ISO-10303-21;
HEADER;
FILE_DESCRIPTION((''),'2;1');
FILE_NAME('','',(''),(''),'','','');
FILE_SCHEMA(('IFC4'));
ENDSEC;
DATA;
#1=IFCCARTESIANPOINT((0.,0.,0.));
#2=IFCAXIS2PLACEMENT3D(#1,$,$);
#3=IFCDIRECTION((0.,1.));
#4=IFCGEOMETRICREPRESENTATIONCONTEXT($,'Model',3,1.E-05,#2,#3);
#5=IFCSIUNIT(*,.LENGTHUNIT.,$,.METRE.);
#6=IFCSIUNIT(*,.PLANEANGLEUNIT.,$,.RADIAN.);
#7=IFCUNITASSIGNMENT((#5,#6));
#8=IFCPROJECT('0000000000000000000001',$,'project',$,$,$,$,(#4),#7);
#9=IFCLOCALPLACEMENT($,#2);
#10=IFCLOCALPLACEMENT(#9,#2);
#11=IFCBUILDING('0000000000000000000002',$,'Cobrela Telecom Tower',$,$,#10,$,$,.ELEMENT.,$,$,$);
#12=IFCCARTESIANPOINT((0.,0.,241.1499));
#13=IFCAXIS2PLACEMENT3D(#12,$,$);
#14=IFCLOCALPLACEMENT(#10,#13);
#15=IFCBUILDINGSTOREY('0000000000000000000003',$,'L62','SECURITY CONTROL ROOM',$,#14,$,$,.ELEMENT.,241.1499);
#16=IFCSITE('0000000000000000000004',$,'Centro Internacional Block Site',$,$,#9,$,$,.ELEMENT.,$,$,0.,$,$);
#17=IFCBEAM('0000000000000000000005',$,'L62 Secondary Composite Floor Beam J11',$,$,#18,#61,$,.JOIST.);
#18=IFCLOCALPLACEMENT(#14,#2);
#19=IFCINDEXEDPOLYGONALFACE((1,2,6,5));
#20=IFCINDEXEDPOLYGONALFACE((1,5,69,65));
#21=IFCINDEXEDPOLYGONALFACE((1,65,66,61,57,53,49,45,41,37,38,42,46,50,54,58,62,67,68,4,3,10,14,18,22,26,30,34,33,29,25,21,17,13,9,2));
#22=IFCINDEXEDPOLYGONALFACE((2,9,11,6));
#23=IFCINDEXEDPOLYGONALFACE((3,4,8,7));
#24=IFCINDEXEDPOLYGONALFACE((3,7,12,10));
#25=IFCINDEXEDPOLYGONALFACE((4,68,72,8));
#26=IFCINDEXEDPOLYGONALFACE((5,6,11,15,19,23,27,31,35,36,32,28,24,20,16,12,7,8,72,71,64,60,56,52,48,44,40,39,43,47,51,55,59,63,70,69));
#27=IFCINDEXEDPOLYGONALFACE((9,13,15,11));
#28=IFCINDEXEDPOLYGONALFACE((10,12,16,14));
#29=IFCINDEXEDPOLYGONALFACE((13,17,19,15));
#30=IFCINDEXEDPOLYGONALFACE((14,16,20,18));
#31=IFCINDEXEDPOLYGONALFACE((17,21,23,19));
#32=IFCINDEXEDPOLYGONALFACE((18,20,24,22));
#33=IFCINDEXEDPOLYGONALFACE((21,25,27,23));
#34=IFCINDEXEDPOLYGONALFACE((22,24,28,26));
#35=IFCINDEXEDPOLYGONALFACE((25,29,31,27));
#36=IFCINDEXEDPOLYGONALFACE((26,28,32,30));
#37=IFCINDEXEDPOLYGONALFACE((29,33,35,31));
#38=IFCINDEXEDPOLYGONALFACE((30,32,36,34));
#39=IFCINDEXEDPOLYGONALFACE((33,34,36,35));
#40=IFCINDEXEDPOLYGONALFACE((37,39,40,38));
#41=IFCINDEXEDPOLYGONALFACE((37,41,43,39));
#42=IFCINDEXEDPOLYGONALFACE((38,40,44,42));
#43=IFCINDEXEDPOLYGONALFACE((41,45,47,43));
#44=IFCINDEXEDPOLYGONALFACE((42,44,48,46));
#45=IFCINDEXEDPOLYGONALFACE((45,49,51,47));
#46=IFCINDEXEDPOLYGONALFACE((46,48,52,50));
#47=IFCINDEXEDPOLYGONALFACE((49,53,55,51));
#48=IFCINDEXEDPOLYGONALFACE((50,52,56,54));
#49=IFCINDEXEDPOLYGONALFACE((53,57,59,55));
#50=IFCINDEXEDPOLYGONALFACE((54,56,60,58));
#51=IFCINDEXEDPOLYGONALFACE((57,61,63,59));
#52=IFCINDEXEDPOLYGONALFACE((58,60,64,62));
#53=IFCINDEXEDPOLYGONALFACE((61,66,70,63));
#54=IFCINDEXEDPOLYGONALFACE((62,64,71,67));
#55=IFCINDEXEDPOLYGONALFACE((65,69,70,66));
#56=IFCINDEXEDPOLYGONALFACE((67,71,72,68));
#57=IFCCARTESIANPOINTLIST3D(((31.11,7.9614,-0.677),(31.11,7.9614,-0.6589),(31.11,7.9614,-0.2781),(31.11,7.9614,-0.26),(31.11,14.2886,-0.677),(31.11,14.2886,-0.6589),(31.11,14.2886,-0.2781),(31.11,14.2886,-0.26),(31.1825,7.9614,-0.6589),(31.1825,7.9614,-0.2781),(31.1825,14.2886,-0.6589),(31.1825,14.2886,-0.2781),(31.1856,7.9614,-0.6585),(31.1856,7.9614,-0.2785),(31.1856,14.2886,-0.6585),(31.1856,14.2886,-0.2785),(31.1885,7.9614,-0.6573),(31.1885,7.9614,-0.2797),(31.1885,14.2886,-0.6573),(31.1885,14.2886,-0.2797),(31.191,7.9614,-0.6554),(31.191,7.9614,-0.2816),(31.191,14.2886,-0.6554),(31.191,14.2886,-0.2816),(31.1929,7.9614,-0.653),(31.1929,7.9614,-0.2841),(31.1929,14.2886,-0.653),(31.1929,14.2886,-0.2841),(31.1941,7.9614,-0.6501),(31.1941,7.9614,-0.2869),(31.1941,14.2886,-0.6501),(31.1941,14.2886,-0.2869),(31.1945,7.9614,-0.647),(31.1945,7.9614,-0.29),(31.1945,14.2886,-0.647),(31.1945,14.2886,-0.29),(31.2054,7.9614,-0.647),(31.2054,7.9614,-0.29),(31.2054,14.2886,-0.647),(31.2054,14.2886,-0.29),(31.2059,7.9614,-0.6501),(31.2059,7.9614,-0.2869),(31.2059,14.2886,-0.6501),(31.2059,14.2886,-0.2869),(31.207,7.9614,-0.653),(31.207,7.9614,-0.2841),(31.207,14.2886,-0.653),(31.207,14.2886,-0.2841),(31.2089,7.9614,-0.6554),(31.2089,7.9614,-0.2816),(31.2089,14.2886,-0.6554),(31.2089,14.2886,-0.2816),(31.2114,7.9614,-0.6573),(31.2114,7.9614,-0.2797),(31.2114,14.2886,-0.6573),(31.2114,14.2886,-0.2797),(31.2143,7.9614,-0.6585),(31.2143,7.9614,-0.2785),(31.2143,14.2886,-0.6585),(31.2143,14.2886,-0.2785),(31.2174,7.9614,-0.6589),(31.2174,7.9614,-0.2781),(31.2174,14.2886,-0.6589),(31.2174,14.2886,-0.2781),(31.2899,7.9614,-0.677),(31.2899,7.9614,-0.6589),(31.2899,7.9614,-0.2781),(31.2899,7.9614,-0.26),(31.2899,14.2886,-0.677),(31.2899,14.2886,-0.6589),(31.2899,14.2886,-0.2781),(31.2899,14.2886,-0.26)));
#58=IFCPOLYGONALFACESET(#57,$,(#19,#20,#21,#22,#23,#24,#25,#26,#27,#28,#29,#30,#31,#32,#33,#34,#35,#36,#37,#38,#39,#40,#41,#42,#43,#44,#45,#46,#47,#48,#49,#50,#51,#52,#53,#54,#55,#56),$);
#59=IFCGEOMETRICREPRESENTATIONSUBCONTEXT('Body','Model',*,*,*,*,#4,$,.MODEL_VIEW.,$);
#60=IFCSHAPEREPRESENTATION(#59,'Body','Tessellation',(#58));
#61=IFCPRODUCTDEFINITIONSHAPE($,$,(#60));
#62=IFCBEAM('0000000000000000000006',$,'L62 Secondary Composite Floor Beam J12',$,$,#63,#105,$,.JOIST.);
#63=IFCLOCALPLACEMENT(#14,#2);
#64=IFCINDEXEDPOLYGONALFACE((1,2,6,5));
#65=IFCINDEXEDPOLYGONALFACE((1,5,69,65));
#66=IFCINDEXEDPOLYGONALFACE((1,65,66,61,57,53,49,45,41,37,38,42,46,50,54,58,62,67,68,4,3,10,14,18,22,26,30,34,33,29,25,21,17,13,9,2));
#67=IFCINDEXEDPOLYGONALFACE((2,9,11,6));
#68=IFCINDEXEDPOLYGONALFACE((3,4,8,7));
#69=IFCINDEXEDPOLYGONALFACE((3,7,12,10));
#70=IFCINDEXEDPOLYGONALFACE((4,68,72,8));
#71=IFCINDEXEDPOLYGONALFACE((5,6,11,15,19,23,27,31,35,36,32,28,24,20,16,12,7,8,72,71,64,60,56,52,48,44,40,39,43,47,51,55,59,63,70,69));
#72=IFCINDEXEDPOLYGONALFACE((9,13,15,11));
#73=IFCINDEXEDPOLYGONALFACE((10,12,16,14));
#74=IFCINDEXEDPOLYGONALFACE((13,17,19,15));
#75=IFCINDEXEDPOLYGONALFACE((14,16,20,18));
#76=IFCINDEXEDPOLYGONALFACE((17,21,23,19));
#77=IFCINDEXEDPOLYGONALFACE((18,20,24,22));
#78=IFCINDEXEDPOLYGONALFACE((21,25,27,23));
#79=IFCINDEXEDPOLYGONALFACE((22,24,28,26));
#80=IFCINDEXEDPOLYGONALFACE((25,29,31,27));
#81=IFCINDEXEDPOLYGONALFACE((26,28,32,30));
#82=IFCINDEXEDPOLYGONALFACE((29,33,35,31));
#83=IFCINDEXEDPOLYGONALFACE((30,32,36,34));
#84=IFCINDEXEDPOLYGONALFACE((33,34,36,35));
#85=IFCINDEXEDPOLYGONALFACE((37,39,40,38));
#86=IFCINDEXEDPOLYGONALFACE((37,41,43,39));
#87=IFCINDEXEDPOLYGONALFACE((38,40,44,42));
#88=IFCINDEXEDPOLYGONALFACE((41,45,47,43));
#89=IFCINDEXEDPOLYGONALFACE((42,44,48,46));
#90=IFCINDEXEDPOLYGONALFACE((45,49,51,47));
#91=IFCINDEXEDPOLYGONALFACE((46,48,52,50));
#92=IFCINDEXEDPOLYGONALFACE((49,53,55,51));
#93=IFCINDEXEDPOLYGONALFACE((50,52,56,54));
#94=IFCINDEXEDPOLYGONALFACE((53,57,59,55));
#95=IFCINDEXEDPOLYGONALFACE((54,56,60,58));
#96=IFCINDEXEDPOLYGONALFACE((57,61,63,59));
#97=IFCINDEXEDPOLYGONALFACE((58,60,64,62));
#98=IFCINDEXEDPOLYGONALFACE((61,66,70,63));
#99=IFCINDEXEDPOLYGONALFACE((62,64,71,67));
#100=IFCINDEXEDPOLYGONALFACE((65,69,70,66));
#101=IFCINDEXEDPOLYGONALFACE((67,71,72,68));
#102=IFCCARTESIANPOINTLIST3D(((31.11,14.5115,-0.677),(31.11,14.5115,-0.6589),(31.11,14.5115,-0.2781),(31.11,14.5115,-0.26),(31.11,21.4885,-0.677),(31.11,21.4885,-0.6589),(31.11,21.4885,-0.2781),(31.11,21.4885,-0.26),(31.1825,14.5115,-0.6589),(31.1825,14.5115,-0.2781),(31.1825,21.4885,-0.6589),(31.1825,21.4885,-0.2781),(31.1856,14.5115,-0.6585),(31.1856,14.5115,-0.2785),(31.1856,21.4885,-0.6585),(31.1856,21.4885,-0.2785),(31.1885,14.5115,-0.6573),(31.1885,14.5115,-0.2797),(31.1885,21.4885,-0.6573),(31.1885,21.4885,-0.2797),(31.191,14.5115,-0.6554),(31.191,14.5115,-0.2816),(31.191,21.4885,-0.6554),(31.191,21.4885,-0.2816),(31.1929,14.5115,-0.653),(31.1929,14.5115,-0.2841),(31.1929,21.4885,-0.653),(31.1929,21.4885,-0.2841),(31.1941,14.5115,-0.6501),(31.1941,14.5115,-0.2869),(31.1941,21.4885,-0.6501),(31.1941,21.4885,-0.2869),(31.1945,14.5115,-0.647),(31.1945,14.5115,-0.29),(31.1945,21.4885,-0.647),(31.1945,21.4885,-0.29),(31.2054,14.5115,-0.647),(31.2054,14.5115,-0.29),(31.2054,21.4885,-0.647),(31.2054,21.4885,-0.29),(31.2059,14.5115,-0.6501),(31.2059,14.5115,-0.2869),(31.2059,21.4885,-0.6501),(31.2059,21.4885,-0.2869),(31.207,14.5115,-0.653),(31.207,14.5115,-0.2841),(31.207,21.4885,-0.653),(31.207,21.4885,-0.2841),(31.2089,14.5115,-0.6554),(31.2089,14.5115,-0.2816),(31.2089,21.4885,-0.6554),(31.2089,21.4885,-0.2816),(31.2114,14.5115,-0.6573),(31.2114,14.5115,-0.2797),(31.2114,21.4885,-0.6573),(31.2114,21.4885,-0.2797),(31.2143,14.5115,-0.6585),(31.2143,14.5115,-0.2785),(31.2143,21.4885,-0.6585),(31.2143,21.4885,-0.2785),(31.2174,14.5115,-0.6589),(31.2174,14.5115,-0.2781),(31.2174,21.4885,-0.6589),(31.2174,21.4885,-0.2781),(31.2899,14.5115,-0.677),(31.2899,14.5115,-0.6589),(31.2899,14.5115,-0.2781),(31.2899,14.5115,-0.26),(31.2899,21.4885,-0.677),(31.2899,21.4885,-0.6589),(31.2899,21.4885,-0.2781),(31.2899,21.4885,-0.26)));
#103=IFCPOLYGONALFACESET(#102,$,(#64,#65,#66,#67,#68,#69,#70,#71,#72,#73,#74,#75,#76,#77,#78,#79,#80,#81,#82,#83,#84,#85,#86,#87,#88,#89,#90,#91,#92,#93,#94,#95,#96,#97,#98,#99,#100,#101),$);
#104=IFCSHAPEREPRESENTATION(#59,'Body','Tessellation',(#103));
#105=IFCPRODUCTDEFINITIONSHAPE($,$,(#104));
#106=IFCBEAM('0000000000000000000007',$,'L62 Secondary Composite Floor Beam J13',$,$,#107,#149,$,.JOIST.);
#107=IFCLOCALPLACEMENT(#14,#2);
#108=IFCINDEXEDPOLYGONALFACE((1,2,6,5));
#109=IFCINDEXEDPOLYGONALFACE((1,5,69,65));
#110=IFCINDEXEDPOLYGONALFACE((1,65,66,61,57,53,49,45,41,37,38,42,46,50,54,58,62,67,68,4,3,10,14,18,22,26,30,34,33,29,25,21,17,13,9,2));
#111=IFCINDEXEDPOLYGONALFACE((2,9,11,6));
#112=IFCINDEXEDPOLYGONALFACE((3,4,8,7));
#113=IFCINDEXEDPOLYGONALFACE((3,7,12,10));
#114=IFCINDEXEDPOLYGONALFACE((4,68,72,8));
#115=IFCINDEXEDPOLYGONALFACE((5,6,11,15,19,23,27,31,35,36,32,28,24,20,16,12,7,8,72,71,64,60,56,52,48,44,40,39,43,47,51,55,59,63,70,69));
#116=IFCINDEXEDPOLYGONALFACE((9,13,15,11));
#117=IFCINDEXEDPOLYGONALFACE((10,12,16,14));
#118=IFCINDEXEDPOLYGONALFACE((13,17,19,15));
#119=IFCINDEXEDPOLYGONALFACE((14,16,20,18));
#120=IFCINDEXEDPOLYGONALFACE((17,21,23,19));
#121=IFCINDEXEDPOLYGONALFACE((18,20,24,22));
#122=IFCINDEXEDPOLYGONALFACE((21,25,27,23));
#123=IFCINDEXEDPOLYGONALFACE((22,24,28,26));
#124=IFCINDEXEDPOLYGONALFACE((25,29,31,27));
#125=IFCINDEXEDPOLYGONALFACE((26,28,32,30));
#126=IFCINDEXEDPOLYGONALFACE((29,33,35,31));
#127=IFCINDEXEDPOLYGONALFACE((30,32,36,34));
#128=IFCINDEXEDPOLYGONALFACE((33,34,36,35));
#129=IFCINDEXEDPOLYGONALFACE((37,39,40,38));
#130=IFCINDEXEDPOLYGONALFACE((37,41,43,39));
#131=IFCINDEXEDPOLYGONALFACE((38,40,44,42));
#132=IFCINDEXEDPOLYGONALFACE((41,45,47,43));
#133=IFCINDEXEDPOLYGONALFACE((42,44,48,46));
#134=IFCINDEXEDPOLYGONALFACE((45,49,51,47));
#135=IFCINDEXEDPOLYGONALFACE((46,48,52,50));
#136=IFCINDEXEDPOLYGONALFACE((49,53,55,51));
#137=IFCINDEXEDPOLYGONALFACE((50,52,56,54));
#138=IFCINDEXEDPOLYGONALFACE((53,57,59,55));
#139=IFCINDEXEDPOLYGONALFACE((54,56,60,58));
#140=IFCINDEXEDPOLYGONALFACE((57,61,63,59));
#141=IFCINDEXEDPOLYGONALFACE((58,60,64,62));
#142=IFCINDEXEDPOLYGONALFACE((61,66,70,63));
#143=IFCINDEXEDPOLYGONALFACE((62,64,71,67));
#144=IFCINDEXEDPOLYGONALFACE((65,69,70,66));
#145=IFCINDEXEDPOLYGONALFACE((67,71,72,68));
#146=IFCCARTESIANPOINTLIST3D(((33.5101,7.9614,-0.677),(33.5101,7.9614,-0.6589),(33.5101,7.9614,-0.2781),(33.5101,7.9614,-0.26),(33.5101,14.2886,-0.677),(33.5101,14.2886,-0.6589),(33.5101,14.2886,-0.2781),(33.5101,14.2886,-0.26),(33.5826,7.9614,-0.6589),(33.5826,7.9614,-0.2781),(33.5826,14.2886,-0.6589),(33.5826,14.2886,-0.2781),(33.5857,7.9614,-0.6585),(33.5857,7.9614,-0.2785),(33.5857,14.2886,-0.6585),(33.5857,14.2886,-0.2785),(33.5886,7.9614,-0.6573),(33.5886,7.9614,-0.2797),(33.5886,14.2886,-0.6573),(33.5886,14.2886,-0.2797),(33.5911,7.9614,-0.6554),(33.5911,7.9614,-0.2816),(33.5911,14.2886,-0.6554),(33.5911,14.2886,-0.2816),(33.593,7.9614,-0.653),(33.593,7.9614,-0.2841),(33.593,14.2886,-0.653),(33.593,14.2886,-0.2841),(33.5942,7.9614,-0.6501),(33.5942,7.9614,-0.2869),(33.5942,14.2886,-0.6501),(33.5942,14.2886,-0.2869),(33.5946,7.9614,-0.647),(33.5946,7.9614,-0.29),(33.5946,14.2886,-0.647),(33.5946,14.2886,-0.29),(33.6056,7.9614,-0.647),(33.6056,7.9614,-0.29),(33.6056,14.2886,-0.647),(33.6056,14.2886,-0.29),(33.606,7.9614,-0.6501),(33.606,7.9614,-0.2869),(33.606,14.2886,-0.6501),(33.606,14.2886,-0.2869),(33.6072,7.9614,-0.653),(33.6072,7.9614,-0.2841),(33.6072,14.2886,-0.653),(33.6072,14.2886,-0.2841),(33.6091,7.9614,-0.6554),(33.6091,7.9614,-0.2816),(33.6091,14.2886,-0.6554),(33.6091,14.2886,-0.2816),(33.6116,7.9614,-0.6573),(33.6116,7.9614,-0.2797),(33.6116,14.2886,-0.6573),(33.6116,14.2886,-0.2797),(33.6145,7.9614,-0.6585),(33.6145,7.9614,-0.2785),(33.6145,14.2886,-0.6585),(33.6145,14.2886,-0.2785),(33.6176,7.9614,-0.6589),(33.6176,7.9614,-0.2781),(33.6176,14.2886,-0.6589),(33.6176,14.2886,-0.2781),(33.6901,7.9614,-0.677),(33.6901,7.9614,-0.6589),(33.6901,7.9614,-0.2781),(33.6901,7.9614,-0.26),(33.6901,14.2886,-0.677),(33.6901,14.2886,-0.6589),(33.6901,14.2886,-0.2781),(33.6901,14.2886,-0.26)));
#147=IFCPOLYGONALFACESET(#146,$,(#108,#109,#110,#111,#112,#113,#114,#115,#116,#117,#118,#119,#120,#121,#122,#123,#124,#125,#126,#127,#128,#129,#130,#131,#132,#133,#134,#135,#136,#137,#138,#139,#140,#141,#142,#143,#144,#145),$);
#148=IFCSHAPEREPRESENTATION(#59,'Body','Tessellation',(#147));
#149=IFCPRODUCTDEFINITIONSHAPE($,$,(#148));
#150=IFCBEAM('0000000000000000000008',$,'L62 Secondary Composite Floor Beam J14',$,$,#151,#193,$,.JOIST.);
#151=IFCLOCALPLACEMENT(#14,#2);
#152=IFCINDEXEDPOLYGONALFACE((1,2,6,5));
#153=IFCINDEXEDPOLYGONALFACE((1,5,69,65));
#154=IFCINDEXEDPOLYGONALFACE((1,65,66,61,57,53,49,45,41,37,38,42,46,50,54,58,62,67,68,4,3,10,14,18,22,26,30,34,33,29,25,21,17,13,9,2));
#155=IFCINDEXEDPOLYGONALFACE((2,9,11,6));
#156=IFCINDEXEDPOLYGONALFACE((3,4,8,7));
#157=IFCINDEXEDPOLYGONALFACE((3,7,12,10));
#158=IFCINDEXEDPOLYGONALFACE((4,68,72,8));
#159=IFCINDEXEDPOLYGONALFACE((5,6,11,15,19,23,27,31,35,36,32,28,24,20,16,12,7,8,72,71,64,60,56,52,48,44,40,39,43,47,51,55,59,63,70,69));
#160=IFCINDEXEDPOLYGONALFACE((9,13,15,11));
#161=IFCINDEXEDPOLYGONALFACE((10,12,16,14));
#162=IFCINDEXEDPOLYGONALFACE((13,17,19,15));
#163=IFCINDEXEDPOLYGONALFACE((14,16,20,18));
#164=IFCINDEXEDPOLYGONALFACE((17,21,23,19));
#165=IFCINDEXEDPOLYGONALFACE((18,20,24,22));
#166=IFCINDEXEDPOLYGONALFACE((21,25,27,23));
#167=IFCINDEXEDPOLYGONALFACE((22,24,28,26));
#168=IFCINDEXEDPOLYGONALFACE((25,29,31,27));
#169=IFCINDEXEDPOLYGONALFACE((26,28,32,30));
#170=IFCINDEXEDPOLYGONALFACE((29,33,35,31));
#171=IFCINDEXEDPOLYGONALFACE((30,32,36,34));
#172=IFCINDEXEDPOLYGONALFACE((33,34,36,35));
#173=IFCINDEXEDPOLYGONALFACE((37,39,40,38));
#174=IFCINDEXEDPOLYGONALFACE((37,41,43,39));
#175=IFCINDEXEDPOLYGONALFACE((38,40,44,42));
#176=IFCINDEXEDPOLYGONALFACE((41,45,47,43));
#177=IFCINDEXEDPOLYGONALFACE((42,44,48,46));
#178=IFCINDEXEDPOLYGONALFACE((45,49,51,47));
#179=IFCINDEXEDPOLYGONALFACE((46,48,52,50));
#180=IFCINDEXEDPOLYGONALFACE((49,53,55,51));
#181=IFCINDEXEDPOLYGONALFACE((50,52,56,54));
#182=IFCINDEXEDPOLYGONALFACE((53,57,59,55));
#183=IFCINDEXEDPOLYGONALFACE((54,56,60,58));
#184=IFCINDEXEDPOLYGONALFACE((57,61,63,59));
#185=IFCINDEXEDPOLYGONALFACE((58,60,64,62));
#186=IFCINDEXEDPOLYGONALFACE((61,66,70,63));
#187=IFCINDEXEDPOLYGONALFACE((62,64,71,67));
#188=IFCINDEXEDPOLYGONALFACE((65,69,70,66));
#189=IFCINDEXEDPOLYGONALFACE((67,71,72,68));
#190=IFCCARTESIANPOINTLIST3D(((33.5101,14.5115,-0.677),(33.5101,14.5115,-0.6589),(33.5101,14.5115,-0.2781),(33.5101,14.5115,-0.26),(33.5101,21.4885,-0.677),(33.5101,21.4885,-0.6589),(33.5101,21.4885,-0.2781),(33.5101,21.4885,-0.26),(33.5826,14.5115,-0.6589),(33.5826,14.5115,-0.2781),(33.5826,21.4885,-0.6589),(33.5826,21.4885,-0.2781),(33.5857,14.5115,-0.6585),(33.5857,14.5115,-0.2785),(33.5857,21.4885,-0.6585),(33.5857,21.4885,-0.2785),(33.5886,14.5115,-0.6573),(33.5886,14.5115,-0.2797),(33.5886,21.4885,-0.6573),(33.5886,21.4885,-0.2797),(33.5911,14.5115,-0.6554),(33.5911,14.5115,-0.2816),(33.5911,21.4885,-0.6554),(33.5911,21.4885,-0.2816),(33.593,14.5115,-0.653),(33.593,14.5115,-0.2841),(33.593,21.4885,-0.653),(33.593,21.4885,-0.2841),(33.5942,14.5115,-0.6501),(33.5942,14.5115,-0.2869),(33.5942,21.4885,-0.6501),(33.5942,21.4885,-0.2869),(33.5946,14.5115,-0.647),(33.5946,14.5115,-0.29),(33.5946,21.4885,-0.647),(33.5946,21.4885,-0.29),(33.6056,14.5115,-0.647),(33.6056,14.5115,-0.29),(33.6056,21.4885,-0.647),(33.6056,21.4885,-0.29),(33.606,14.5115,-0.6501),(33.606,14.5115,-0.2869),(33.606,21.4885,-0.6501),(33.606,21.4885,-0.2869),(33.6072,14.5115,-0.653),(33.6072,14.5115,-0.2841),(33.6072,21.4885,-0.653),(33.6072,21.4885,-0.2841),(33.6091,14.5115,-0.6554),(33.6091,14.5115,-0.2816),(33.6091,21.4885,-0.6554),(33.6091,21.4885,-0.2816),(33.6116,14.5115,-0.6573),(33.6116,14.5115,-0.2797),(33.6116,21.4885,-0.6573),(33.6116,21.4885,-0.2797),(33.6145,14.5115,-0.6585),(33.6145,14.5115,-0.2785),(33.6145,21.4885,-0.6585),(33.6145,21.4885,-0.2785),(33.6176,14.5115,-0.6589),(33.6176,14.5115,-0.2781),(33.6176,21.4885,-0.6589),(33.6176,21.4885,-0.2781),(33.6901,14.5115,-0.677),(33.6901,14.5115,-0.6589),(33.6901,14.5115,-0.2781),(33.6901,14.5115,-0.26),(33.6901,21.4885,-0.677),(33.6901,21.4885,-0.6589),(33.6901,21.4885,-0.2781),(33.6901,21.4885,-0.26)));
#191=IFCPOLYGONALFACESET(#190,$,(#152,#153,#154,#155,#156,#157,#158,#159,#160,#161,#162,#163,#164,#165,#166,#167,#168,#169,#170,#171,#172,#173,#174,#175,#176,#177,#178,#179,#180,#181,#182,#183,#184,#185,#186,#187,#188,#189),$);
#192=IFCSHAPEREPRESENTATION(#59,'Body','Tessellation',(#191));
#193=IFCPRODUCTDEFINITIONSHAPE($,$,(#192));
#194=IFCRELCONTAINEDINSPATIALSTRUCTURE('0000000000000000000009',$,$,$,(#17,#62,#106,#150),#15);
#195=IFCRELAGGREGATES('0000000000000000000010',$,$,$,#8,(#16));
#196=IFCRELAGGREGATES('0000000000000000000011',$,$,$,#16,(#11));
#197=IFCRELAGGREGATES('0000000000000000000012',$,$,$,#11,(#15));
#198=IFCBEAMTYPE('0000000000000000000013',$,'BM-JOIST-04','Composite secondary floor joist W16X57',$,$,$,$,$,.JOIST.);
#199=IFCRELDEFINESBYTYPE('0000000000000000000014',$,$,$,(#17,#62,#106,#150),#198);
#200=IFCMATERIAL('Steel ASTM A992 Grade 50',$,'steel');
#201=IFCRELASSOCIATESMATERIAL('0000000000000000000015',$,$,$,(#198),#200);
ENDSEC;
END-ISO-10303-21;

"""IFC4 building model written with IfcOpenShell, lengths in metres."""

from ifc_helpers import new_model, si_unit, direction, frame, origin, origin_2d, place, context, subcontext, project, spatial, i_section, extrude, material, material_profile, profile_set, type_object, element, save


model = new_model("IFC4")

# Units and contexts
model_context = context("Model", 3, precision=1e-05, world=origin(), true_north=direction((0.0, 1.0)))
body_context = subcontext(model_context, "Body", "Model", "MODEL_VIEW")
ifc_project = project(units=[si_unit("LENGTHUNIT", "METRE"), si_unit("PLANEANGLEUNIT", "RADIAN")], contexts=[model_context])

# Site, building, storey
site_placement = place(None, origin())
site = spatial("IfcSite", under=ifc_project, at=site_placement, Name="Centro Internacional Block Site", CompositionType="ELEMENT", RefElevation=0.0)
building_placement = place(site_placement, origin())
building = spatial("IfcBuilding", under=site, at=building_placement, Name="Cobrela Telecom Tower", CompositionType="ELEMENT")
storey_placement = place(building_placement, frame((0.0, 0.0, 241.1499)))
storey = spatial("IfcBuildingStorey", under=building, at=storey_placement, Name="L62", Description="SECURITY CONTROL ROOM", CompositionType="ELEMENT", Elevation=241.1499)

# Shared definitions
ifc_material_1 = material(Name="Steel ASTM A992 Grade 50", Category="steel")

# Beams
ifc_material_profile_1 = material_profile(ifc_material_1, i_section(OverallWidth=0.1799, OverallDepth=0.417, WebThickness=0.011, FlangeThickness=0.0181, FilletRadius=0.012, at=origin_2d()), Name="W16X57")
ifc_profile_set_1 = profile_set([ifc_material_profile_1], Name="Steel ASTM A992 Grade 50")
beam_type_1 = type_object("IfcBeamType", Name="BM-JOIST-04", Description="Composite secondary floor joist W16X57", PredefinedType="JOIST", material=ifc_profile_set_1)
beam_1_placement = place(storey_placement, frame((31.2, 7.9614, -0.4685), z_axis=(0.0, 1.0, 0.0), x_axis=(-1.0, 0.0, 0.0)))
element("IfcBeam", 1, at=beam_1_placement, inside=storey, type_object=beam_type_1, Name="L62 Secondary Composite Floor Beam J11", PredefinedType="JOIST", context=body_context, shape_type="SweptSolid", body=[
    extrude(i_section(OverallWidth=0.1799, OverallDepth=0.417, WebThickness=0.011, FlangeThickness=0.0181, FilletRadius=0.012, at=origin_2d()), origin(), (0.0, 0.0, 1.0), 6.3271),
])
beam_2_placement = place(storey_placement, frame((31.2, 14.5115, -0.4685), z_axis=(0.0, 1.0, 0.0), x_axis=(-1.0, 0.0, 0.0)))
element("IfcBeam", 2, at=beam_2_placement, inside=storey, type_object=beam_type_1, Name="L62 Secondary Composite Floor Beam J12", PredefinedType="JOIST", context=body_context, shape_type="SweptSolid", body=[
    extrude(i_section(OverallWidth=0.1799, OverallDepth=0.417, WebThickness=0.011, FlangeThickness=0.0181, FilletRadius=0.012, at=origin_2d()), origin(), (0.0, 0.0, 1.0), 6.9771),
])
beam_3_placement = place(storey_placement, frame((33.6001, 7.9614, -0.4685), z_axis=(0.0, 1.0, 0.0), x_axis=(-1.0, 0.0, 0.0)))
element("IfcBeam", 3, at=beam_3_placement, inside=storey, type_object=beam_type_1, Name="L62 Secondary Composite Floor Beam J13", PredefinedType="JOIST", context=body_context, shape_type="SweptSolid", body=[
    extrude(i_section(OverallWidth=0.1799, OverallDepth=0.417, WebThickness=0.011, FlangeThickness=0.0181, FilletRadius=0.012, at=origin_2d()), origin(), (0.0, 0.0, 1.0), 6.3271),
])
for number, where, z_axis, x_axis, name in (
    (4, (33.6001, 14.5115, -0.4685), (0.0, 1.0, 0.0), (-1.0, 0.0, 0.0), "L62 Secondary Composite Floor Beam J14"),
):
    element("IfcBeam", number, at=place(storey_placement, frame(where, z_axis=z_axis, x_axis=x_axis)), inside=storey, type_object=beam_type_1, Name=name, PredefinedType="JOIST", context=body_context, shape_type="SweptSolid", body=[
        extrude(i_section(OverallWidth=0.1799, OverallDepth=0.417, WebThickness=0.011, FlangeThickness=0.0181, FilletRadius=0.012, at=origin_2d()), origin(), (0.0, 0.0, 1.0), 6.9771),
    ])

save(model, "model.ifc")
